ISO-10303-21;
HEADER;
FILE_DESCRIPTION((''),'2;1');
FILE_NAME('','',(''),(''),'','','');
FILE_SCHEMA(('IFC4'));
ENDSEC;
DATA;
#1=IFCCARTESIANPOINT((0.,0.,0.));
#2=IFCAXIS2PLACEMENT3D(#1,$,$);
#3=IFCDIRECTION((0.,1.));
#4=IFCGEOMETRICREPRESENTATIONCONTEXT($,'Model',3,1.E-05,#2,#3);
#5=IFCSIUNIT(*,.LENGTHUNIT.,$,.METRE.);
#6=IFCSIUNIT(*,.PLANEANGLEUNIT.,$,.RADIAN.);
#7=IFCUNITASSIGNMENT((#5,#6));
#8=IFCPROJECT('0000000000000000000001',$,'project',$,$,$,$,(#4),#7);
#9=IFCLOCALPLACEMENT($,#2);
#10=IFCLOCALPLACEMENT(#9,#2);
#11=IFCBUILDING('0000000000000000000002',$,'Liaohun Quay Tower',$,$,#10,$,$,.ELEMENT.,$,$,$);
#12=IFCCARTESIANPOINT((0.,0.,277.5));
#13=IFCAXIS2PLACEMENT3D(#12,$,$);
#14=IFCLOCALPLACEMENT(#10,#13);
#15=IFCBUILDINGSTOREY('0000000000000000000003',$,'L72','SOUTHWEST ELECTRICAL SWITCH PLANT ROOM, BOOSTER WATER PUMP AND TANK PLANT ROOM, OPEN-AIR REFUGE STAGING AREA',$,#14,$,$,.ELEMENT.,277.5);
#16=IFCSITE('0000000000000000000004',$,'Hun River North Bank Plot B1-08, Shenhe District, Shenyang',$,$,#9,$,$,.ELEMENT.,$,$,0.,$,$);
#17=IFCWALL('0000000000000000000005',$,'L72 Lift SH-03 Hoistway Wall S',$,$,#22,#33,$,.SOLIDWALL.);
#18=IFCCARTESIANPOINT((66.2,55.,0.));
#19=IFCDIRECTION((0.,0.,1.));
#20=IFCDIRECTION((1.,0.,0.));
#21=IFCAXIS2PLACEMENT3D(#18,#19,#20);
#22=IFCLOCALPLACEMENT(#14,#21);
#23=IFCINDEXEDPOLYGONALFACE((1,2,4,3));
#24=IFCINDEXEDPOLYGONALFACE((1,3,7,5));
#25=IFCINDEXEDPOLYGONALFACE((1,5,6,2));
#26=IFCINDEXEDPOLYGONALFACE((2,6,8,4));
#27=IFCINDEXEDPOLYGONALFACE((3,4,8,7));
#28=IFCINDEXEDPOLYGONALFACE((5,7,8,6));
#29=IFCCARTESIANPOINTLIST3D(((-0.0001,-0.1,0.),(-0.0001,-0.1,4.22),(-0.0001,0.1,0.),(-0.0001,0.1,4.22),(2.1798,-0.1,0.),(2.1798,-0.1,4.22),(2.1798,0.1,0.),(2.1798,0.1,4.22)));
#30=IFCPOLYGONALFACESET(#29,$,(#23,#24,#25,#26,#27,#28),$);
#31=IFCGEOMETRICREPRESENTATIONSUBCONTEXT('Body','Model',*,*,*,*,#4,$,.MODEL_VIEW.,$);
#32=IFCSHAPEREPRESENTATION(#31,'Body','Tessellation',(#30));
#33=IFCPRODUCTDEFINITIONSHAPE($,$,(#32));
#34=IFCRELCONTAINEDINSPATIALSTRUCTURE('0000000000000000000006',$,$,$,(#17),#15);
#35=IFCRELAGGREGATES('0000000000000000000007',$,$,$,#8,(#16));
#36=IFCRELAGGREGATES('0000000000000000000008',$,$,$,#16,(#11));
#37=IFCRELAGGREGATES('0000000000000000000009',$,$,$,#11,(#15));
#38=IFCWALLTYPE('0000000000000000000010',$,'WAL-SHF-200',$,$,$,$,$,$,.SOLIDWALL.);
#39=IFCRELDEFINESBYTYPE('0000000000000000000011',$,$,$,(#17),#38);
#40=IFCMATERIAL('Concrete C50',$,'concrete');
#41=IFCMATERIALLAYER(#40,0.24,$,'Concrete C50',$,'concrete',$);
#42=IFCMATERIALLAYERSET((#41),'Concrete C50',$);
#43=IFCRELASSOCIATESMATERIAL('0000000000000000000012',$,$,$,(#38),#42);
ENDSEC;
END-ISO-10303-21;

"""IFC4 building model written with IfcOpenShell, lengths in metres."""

from ifc_helpers import new_model, si_unit, direction, frame, frame_2d, origin, place, context, subcontext, project, spatial, rectangle, extrude, material, layer, layer_set, type_object, element, save


model = new_model("IFC4")

# Units and contexts
model_context = context("Model", 3, precision=1e-05, world=origin(), true_north=direction((0.0, 1.0)))
body_context = subcontext(model_context, "Body", "Model", "MODEL_VIEW")
ifc_project = project(units=[si_unit("LENGTHUNIT", "METRE"), si_unit("PLANEANGLEUNIT", "RADIAN")], contexts=[model_context])

# Site, building, storey
site_placement = place(None, origin())
site = spatial("IfcSite", under=ifc_project, at=site_placement, Name="Hun River North Bank Plot B1-08, Shenhe District, Shenyang", CompositionType="ELEMENT", RefElevation=0.0)
building_placement = place(site_placement, origin())
building = spatial("IfcBuilding", under=site, at=building_placement, Name="Liaohun Quay Tower", CompositionType="ELEMENT")
storey_placement = place(building_placement, frame((0.0, 0.0, 277.5)))
storey = spatial("IfcBuildingStorey", under=building, at=storey_placement, Name="L72", Description="SOUTHWEST ELECTRICAL SWITCH PLANT ROOM, BOOSTER WATER PUMP AND TANK PLANT ROOM, OPEN-AIR REFUGE STAGING AREA", CompositionType="ELEMENT", Elevation=277.5)

# Shared definitions
ifc_material_1 = material(Name="Concrete C50", Category="concrete")
ifc_layer_1 = layer(ifc_material_1, 0.24, Name="Concrete C50", Category="concrete")
ifc_layer_set_1 = layer_set([ifc_layer_1], Name="Concrete C50")
wall_type_1 = type_object("IfcWallType", Name="WAL-SHF-200", PredefinedType="SOLIDWALL", material=ifc_layer_set_1)

# Wall
wall_1_placement = place(storey_placement, frame((66.2, 55.0, 0.0), z_axis=(0.0, 0.0, 1.0), x_axis=(1.0, 0.0, 0.0)))
element("IfcWall", 1, at=wall_1_placement, inside=storey, type_object=wall_type_1, Name="L72 Lift SH-03 Hoistway Wall S", PredefinedType="SOLIDWALL", context=body_context, shape_type="SweptSolid", body=[
    extrude(rectangle(XDim=2.1799, YDim=0.2, at=frame_2d((1.0898, 0.0))), origin(), (0.0, 0.0, 1.0), 4.22),
])

save(model, "model.ifc")
